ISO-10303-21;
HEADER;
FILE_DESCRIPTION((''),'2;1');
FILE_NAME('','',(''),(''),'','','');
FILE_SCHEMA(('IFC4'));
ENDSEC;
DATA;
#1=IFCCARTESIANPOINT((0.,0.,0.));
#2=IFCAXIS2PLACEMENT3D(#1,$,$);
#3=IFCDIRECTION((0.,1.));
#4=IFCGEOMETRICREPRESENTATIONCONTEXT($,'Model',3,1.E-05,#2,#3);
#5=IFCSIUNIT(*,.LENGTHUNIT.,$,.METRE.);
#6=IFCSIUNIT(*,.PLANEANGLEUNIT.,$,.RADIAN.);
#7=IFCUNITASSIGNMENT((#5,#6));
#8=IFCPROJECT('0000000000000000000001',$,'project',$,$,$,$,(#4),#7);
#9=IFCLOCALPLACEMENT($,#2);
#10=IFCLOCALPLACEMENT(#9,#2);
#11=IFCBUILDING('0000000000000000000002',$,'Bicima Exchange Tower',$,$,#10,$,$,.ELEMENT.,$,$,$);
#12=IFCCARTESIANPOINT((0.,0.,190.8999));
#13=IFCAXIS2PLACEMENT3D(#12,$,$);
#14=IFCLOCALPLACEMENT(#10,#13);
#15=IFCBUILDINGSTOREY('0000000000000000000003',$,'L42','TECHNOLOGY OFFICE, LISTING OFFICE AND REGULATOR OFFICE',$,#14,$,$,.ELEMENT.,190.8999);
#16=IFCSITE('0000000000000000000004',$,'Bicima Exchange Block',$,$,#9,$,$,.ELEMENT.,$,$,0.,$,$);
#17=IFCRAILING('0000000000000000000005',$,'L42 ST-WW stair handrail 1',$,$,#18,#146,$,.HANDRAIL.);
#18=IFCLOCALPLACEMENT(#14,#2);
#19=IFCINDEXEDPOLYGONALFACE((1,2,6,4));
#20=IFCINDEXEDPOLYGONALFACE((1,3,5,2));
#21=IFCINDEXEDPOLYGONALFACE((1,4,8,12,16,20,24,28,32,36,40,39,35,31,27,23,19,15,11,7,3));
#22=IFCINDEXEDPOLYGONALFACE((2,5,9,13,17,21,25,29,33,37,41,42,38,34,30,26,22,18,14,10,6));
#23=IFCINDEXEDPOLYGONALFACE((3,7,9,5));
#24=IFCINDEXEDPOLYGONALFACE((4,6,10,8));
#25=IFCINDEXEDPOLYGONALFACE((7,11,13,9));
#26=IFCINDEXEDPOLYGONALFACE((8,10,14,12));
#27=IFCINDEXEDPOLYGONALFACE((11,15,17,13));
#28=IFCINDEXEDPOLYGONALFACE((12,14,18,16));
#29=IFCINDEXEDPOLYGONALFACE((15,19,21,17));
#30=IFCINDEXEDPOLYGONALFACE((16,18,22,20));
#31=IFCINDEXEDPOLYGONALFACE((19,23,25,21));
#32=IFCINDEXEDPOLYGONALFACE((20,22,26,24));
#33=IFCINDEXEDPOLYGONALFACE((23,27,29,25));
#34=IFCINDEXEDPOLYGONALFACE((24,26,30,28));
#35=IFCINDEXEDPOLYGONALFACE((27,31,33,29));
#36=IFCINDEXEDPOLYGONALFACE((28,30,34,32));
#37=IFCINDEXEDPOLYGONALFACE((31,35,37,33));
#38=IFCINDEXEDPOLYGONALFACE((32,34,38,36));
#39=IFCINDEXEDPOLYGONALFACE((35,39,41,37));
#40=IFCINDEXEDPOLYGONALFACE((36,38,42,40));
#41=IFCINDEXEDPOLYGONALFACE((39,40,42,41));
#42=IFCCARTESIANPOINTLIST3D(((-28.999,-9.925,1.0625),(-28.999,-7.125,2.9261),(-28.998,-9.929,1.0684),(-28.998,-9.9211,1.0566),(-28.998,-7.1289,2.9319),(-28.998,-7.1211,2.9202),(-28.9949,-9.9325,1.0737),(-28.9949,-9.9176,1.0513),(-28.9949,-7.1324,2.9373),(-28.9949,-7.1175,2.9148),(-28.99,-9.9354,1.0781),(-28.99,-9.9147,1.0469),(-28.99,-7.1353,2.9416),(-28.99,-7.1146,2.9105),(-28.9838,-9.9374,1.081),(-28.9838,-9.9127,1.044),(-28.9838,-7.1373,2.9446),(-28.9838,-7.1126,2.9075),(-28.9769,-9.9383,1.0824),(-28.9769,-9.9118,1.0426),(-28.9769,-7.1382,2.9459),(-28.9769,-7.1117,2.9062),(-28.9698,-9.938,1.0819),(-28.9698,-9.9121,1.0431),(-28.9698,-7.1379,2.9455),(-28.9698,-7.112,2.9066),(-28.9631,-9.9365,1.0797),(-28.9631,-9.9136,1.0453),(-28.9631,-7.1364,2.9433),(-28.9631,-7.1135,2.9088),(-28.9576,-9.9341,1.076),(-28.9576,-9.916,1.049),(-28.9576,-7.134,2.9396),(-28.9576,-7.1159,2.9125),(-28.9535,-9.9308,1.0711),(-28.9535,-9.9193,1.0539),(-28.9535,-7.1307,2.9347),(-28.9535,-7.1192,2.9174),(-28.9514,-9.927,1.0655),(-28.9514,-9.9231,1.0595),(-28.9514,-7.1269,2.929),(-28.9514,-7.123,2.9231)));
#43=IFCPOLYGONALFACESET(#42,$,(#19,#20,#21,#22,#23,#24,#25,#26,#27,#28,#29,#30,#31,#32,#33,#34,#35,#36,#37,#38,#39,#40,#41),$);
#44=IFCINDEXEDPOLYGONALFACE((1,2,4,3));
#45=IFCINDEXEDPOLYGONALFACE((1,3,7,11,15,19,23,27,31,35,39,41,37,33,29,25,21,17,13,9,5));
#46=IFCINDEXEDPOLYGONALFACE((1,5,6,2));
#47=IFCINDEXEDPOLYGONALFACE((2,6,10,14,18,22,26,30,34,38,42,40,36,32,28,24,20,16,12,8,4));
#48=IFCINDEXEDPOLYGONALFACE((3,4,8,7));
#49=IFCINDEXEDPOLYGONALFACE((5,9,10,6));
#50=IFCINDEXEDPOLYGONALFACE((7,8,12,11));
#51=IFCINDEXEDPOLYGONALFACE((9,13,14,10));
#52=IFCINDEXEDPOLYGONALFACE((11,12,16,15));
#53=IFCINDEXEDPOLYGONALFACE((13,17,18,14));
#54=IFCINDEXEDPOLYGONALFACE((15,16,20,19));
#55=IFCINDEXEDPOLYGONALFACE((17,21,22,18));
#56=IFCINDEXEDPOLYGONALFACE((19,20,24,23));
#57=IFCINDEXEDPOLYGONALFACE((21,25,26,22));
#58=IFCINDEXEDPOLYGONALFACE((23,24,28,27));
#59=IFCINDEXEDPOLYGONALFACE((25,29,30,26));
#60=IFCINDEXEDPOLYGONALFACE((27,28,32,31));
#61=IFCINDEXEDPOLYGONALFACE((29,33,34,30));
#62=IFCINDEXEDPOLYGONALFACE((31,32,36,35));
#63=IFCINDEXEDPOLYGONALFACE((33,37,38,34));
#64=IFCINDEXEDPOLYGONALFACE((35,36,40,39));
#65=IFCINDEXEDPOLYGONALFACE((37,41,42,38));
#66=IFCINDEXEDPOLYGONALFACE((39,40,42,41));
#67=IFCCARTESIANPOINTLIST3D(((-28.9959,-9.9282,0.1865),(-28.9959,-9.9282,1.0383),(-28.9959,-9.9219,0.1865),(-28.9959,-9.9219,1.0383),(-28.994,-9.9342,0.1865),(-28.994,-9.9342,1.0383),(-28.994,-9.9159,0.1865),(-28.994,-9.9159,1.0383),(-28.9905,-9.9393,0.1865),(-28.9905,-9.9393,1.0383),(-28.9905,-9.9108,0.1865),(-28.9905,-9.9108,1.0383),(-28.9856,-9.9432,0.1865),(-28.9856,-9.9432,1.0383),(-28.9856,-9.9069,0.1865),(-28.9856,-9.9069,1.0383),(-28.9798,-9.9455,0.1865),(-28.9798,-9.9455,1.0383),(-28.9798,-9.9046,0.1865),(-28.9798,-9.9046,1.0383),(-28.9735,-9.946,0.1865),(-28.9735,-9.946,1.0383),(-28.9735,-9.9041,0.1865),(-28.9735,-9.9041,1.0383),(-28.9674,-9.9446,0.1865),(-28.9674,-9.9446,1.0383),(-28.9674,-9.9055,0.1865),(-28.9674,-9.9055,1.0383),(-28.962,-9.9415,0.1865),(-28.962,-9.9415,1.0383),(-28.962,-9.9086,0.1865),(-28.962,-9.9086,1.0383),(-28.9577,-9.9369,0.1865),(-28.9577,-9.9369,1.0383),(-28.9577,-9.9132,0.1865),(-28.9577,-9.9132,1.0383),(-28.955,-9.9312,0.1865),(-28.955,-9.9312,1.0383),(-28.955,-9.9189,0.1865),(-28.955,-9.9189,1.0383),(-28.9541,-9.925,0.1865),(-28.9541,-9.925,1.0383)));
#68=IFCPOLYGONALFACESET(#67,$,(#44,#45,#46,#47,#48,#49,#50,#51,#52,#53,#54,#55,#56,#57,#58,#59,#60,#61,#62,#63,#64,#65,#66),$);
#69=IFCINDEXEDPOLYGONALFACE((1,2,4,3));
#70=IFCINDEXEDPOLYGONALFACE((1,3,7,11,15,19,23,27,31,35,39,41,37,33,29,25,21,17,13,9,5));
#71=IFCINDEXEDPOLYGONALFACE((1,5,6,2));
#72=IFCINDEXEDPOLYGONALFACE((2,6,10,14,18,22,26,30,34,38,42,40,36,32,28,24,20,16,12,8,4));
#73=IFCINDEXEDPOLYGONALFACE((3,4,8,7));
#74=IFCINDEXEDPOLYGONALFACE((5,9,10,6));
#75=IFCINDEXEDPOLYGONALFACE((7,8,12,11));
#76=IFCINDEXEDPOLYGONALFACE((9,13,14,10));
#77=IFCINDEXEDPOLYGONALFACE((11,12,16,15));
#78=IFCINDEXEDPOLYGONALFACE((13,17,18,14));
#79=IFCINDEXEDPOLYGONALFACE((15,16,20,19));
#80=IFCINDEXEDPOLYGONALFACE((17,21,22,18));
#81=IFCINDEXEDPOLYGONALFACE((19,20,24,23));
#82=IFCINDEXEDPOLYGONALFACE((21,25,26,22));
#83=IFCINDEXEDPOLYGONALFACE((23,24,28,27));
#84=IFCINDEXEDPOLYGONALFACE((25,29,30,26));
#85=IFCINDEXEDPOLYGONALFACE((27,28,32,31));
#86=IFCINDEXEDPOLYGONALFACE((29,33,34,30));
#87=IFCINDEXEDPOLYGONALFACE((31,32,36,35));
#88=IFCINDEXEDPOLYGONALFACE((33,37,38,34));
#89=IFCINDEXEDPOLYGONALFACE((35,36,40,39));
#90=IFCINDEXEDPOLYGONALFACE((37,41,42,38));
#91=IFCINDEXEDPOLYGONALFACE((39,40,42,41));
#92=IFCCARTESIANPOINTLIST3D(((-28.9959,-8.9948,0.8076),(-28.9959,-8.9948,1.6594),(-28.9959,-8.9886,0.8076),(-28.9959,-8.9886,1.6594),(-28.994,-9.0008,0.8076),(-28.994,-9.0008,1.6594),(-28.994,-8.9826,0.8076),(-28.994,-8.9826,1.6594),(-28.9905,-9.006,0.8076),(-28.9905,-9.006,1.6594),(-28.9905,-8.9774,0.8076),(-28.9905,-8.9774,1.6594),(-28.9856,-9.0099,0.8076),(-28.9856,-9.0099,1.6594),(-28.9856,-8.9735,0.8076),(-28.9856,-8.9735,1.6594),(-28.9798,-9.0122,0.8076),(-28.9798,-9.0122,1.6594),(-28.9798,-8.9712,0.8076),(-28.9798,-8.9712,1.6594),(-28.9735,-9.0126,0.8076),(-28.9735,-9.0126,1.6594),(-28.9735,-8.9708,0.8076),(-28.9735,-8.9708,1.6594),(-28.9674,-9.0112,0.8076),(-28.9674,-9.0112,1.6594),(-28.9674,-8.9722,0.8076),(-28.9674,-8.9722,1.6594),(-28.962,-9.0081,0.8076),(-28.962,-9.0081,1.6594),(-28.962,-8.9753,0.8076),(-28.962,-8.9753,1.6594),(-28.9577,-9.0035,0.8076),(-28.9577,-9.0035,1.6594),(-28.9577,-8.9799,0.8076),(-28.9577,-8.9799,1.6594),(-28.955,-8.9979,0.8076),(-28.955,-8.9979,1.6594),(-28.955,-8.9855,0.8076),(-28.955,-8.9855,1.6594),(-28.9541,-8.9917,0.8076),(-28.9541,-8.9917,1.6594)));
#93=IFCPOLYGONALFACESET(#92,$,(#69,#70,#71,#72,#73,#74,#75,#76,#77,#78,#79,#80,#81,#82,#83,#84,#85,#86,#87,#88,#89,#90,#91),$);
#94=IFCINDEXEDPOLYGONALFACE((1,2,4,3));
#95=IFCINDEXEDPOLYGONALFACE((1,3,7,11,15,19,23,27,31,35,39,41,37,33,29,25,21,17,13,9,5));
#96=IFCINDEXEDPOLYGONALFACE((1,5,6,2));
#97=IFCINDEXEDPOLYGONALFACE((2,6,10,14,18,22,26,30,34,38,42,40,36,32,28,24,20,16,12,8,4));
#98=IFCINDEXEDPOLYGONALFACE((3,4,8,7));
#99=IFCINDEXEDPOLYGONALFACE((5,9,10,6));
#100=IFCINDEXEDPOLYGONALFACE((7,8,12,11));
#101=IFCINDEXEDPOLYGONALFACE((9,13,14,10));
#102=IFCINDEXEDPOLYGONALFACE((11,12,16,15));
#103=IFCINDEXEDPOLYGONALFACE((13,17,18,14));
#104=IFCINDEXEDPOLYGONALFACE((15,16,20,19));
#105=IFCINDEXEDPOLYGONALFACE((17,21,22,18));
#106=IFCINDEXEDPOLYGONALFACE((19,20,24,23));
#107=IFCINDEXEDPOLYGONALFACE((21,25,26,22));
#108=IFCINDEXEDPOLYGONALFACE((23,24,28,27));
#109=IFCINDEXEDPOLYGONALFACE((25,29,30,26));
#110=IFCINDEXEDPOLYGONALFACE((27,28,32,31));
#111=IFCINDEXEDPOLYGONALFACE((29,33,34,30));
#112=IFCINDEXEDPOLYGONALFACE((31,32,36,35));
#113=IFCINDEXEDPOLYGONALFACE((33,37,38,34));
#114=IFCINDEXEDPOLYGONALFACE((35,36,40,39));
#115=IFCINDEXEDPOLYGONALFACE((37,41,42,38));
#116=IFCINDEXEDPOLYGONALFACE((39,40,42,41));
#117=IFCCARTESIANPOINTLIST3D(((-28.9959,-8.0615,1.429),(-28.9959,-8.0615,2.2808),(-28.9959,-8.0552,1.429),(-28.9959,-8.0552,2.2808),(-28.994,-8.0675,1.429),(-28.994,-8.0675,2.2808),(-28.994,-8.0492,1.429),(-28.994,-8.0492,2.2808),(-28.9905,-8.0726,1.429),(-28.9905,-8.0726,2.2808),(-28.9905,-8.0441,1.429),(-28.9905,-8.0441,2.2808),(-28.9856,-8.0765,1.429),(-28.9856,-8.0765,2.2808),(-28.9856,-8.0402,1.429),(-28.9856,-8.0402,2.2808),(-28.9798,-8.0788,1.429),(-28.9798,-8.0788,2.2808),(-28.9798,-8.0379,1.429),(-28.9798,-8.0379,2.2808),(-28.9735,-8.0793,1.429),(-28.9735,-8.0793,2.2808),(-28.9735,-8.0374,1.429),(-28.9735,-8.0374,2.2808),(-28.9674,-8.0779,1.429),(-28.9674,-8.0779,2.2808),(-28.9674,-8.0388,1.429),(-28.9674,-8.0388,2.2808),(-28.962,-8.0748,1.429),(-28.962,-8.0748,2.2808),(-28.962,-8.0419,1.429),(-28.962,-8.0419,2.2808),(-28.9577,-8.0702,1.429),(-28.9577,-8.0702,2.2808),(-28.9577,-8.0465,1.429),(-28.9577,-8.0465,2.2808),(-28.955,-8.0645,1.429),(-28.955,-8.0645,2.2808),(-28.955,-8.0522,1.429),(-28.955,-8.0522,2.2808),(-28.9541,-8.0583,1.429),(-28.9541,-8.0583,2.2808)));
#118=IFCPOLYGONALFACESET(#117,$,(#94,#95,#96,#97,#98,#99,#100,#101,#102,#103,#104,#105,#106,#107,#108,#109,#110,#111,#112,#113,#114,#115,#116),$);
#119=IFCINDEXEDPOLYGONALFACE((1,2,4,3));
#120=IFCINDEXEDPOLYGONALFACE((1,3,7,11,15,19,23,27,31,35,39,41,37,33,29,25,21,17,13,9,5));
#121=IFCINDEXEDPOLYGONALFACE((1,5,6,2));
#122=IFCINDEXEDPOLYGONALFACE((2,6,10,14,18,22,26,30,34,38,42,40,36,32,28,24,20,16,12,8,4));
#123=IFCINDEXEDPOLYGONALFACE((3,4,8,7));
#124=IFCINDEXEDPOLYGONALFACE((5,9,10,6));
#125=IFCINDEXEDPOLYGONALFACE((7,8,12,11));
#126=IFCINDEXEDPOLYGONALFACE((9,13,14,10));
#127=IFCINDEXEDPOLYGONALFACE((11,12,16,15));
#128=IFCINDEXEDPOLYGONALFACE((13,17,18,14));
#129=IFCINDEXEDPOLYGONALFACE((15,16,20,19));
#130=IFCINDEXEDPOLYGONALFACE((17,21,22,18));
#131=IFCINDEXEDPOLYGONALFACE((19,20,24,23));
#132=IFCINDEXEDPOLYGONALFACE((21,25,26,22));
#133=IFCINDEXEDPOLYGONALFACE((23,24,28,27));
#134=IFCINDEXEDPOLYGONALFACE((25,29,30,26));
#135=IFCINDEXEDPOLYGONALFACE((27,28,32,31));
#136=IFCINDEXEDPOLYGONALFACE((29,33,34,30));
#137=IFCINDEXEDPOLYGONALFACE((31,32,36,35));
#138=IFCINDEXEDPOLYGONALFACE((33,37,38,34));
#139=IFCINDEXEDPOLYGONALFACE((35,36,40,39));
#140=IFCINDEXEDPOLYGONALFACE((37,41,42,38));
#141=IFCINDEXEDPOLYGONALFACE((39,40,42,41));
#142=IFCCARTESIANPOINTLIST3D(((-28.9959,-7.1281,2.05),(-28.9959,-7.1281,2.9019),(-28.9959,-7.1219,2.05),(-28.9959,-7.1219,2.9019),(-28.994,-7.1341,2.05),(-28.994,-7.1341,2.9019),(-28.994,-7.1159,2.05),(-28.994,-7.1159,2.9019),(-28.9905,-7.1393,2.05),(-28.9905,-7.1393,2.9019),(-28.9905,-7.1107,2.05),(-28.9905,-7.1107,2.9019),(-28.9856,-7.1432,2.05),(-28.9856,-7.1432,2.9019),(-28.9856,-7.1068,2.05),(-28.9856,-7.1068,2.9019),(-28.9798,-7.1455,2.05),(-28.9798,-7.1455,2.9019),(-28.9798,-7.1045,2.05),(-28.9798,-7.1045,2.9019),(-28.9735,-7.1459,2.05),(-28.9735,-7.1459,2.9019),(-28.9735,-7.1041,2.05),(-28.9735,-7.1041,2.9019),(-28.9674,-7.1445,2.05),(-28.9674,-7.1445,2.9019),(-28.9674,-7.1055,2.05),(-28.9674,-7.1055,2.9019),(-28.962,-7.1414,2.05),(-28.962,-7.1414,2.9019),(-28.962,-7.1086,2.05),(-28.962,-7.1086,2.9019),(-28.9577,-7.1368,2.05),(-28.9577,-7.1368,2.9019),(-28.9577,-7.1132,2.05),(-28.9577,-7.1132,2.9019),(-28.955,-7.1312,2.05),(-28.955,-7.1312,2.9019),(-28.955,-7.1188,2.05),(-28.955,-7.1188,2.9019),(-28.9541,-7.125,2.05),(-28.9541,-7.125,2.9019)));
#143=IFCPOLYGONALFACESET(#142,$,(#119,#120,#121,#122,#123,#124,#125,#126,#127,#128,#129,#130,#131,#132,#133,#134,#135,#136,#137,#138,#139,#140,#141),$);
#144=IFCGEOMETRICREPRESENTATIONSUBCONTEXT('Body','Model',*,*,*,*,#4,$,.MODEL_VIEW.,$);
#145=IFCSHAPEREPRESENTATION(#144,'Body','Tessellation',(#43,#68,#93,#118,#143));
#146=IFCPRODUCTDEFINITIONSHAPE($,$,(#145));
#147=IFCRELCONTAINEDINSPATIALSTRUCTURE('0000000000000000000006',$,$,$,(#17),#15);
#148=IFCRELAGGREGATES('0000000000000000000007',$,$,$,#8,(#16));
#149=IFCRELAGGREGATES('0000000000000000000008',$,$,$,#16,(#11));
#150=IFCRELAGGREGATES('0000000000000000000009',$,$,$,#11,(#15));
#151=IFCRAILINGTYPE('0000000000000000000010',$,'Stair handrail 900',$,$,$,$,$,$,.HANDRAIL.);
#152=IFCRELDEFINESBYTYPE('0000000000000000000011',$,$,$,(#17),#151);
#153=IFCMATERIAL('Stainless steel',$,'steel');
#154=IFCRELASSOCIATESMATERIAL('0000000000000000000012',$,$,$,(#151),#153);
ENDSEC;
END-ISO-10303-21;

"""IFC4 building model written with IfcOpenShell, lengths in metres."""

from ifc_helpers import new_model, si_unit, direction, frame, origin, origin_2d, place, context, subcontext, project, spatial, circle, extrude, material, type_object, element, save


model = new_model("IFC4")

# Units and contexts
model_context = context("Model", 3, precision=1e-05, world=origin(), true_north=direction((0.0, 1.0)))
body_context = subcontext(model_context, "Body", "Model", "MODEL_VIEW")
ifc_project = project(units=[si_unit("LENGTHUNIT", "METRE"), si_unit("PLANEANGLEUNIT", "RADIAN")], contexts=[model_context])

# Site, building, storey
site_placement = place(None, origin())
site = spatial("IfcSite", under=ifc_project, at=site_placement, Name="Bicima Exchange Block", CompositionType="ELEMENT", RefElevation=0.0)
building_placement = place(site_placement, origin())
building = spatial("IfcBuilding", under=site, at=building_placement, Name="Bicima Exchange Tower", CompositionType="ELEMENT")
storey_placement = place(building_placement, frame((0.0, 0.0, 190.8999)))
storey = spatial("IfcBuildingStorey", under=building, at=storey_placement, Name="L42", Description="TECHNOLOGY OFFICE, LISTING OFFICE AND REGULATOR OFFICE", CompositionType="ELEMENT", Elevation=190.8999)

# Railing
ifc_material_1 = material(Name="Stainless steel", Category="steel")
railing_type = type_object("IfcRailingType", Name="Stair handrail 900", PredefinedType="HANDRAIL", material=ifc_material_1)
railing_1_placement = place(storey_placement, frame((-28.9751, -9.925, 0.1865)))
element("IfcRailing", 1, at=railing_1_placement, inside=storey, type_object=railing_type, Name="L42 ST-WW stair handrail 1", PredefinedType="HANDRAIL", context=body_context, shape_type="SweptSolid", body=[
    extrude(circle(Radius=0.0239, at=origin_2d()), frame((0.0, 0.0, 0.876), z_axis=(0.0, 0.832486, 0.554047), x_axis=(-1.0, 0.0, 0.0)), (0.0, 0.0, 1.0), 3.3635),
    extrude(circle(Radius=0.021, at=origin_2d()), origin(), (0.0, 0.0, 1.0), 0.8518),
    extrude(circle(Radius=0.021, at=origin_2d()), frame((0.0, 0.9333, 0.6211)), (0.0, 0.0, 1.0), 0.8518),
    extrude(circle(Radius=0.021, at=origin_2d()), frame((0.0, 1.8667, 1.2424)), (0.0, 0.0, 1.0), 0.8518),
    extrude(circle(Radius=0.021, at=origin_2d()), frame((0.0, 2.8, 1.8635)), (0.0, 0.0, 1.0), 0.8518),
])

save(model, "model.ifc")
